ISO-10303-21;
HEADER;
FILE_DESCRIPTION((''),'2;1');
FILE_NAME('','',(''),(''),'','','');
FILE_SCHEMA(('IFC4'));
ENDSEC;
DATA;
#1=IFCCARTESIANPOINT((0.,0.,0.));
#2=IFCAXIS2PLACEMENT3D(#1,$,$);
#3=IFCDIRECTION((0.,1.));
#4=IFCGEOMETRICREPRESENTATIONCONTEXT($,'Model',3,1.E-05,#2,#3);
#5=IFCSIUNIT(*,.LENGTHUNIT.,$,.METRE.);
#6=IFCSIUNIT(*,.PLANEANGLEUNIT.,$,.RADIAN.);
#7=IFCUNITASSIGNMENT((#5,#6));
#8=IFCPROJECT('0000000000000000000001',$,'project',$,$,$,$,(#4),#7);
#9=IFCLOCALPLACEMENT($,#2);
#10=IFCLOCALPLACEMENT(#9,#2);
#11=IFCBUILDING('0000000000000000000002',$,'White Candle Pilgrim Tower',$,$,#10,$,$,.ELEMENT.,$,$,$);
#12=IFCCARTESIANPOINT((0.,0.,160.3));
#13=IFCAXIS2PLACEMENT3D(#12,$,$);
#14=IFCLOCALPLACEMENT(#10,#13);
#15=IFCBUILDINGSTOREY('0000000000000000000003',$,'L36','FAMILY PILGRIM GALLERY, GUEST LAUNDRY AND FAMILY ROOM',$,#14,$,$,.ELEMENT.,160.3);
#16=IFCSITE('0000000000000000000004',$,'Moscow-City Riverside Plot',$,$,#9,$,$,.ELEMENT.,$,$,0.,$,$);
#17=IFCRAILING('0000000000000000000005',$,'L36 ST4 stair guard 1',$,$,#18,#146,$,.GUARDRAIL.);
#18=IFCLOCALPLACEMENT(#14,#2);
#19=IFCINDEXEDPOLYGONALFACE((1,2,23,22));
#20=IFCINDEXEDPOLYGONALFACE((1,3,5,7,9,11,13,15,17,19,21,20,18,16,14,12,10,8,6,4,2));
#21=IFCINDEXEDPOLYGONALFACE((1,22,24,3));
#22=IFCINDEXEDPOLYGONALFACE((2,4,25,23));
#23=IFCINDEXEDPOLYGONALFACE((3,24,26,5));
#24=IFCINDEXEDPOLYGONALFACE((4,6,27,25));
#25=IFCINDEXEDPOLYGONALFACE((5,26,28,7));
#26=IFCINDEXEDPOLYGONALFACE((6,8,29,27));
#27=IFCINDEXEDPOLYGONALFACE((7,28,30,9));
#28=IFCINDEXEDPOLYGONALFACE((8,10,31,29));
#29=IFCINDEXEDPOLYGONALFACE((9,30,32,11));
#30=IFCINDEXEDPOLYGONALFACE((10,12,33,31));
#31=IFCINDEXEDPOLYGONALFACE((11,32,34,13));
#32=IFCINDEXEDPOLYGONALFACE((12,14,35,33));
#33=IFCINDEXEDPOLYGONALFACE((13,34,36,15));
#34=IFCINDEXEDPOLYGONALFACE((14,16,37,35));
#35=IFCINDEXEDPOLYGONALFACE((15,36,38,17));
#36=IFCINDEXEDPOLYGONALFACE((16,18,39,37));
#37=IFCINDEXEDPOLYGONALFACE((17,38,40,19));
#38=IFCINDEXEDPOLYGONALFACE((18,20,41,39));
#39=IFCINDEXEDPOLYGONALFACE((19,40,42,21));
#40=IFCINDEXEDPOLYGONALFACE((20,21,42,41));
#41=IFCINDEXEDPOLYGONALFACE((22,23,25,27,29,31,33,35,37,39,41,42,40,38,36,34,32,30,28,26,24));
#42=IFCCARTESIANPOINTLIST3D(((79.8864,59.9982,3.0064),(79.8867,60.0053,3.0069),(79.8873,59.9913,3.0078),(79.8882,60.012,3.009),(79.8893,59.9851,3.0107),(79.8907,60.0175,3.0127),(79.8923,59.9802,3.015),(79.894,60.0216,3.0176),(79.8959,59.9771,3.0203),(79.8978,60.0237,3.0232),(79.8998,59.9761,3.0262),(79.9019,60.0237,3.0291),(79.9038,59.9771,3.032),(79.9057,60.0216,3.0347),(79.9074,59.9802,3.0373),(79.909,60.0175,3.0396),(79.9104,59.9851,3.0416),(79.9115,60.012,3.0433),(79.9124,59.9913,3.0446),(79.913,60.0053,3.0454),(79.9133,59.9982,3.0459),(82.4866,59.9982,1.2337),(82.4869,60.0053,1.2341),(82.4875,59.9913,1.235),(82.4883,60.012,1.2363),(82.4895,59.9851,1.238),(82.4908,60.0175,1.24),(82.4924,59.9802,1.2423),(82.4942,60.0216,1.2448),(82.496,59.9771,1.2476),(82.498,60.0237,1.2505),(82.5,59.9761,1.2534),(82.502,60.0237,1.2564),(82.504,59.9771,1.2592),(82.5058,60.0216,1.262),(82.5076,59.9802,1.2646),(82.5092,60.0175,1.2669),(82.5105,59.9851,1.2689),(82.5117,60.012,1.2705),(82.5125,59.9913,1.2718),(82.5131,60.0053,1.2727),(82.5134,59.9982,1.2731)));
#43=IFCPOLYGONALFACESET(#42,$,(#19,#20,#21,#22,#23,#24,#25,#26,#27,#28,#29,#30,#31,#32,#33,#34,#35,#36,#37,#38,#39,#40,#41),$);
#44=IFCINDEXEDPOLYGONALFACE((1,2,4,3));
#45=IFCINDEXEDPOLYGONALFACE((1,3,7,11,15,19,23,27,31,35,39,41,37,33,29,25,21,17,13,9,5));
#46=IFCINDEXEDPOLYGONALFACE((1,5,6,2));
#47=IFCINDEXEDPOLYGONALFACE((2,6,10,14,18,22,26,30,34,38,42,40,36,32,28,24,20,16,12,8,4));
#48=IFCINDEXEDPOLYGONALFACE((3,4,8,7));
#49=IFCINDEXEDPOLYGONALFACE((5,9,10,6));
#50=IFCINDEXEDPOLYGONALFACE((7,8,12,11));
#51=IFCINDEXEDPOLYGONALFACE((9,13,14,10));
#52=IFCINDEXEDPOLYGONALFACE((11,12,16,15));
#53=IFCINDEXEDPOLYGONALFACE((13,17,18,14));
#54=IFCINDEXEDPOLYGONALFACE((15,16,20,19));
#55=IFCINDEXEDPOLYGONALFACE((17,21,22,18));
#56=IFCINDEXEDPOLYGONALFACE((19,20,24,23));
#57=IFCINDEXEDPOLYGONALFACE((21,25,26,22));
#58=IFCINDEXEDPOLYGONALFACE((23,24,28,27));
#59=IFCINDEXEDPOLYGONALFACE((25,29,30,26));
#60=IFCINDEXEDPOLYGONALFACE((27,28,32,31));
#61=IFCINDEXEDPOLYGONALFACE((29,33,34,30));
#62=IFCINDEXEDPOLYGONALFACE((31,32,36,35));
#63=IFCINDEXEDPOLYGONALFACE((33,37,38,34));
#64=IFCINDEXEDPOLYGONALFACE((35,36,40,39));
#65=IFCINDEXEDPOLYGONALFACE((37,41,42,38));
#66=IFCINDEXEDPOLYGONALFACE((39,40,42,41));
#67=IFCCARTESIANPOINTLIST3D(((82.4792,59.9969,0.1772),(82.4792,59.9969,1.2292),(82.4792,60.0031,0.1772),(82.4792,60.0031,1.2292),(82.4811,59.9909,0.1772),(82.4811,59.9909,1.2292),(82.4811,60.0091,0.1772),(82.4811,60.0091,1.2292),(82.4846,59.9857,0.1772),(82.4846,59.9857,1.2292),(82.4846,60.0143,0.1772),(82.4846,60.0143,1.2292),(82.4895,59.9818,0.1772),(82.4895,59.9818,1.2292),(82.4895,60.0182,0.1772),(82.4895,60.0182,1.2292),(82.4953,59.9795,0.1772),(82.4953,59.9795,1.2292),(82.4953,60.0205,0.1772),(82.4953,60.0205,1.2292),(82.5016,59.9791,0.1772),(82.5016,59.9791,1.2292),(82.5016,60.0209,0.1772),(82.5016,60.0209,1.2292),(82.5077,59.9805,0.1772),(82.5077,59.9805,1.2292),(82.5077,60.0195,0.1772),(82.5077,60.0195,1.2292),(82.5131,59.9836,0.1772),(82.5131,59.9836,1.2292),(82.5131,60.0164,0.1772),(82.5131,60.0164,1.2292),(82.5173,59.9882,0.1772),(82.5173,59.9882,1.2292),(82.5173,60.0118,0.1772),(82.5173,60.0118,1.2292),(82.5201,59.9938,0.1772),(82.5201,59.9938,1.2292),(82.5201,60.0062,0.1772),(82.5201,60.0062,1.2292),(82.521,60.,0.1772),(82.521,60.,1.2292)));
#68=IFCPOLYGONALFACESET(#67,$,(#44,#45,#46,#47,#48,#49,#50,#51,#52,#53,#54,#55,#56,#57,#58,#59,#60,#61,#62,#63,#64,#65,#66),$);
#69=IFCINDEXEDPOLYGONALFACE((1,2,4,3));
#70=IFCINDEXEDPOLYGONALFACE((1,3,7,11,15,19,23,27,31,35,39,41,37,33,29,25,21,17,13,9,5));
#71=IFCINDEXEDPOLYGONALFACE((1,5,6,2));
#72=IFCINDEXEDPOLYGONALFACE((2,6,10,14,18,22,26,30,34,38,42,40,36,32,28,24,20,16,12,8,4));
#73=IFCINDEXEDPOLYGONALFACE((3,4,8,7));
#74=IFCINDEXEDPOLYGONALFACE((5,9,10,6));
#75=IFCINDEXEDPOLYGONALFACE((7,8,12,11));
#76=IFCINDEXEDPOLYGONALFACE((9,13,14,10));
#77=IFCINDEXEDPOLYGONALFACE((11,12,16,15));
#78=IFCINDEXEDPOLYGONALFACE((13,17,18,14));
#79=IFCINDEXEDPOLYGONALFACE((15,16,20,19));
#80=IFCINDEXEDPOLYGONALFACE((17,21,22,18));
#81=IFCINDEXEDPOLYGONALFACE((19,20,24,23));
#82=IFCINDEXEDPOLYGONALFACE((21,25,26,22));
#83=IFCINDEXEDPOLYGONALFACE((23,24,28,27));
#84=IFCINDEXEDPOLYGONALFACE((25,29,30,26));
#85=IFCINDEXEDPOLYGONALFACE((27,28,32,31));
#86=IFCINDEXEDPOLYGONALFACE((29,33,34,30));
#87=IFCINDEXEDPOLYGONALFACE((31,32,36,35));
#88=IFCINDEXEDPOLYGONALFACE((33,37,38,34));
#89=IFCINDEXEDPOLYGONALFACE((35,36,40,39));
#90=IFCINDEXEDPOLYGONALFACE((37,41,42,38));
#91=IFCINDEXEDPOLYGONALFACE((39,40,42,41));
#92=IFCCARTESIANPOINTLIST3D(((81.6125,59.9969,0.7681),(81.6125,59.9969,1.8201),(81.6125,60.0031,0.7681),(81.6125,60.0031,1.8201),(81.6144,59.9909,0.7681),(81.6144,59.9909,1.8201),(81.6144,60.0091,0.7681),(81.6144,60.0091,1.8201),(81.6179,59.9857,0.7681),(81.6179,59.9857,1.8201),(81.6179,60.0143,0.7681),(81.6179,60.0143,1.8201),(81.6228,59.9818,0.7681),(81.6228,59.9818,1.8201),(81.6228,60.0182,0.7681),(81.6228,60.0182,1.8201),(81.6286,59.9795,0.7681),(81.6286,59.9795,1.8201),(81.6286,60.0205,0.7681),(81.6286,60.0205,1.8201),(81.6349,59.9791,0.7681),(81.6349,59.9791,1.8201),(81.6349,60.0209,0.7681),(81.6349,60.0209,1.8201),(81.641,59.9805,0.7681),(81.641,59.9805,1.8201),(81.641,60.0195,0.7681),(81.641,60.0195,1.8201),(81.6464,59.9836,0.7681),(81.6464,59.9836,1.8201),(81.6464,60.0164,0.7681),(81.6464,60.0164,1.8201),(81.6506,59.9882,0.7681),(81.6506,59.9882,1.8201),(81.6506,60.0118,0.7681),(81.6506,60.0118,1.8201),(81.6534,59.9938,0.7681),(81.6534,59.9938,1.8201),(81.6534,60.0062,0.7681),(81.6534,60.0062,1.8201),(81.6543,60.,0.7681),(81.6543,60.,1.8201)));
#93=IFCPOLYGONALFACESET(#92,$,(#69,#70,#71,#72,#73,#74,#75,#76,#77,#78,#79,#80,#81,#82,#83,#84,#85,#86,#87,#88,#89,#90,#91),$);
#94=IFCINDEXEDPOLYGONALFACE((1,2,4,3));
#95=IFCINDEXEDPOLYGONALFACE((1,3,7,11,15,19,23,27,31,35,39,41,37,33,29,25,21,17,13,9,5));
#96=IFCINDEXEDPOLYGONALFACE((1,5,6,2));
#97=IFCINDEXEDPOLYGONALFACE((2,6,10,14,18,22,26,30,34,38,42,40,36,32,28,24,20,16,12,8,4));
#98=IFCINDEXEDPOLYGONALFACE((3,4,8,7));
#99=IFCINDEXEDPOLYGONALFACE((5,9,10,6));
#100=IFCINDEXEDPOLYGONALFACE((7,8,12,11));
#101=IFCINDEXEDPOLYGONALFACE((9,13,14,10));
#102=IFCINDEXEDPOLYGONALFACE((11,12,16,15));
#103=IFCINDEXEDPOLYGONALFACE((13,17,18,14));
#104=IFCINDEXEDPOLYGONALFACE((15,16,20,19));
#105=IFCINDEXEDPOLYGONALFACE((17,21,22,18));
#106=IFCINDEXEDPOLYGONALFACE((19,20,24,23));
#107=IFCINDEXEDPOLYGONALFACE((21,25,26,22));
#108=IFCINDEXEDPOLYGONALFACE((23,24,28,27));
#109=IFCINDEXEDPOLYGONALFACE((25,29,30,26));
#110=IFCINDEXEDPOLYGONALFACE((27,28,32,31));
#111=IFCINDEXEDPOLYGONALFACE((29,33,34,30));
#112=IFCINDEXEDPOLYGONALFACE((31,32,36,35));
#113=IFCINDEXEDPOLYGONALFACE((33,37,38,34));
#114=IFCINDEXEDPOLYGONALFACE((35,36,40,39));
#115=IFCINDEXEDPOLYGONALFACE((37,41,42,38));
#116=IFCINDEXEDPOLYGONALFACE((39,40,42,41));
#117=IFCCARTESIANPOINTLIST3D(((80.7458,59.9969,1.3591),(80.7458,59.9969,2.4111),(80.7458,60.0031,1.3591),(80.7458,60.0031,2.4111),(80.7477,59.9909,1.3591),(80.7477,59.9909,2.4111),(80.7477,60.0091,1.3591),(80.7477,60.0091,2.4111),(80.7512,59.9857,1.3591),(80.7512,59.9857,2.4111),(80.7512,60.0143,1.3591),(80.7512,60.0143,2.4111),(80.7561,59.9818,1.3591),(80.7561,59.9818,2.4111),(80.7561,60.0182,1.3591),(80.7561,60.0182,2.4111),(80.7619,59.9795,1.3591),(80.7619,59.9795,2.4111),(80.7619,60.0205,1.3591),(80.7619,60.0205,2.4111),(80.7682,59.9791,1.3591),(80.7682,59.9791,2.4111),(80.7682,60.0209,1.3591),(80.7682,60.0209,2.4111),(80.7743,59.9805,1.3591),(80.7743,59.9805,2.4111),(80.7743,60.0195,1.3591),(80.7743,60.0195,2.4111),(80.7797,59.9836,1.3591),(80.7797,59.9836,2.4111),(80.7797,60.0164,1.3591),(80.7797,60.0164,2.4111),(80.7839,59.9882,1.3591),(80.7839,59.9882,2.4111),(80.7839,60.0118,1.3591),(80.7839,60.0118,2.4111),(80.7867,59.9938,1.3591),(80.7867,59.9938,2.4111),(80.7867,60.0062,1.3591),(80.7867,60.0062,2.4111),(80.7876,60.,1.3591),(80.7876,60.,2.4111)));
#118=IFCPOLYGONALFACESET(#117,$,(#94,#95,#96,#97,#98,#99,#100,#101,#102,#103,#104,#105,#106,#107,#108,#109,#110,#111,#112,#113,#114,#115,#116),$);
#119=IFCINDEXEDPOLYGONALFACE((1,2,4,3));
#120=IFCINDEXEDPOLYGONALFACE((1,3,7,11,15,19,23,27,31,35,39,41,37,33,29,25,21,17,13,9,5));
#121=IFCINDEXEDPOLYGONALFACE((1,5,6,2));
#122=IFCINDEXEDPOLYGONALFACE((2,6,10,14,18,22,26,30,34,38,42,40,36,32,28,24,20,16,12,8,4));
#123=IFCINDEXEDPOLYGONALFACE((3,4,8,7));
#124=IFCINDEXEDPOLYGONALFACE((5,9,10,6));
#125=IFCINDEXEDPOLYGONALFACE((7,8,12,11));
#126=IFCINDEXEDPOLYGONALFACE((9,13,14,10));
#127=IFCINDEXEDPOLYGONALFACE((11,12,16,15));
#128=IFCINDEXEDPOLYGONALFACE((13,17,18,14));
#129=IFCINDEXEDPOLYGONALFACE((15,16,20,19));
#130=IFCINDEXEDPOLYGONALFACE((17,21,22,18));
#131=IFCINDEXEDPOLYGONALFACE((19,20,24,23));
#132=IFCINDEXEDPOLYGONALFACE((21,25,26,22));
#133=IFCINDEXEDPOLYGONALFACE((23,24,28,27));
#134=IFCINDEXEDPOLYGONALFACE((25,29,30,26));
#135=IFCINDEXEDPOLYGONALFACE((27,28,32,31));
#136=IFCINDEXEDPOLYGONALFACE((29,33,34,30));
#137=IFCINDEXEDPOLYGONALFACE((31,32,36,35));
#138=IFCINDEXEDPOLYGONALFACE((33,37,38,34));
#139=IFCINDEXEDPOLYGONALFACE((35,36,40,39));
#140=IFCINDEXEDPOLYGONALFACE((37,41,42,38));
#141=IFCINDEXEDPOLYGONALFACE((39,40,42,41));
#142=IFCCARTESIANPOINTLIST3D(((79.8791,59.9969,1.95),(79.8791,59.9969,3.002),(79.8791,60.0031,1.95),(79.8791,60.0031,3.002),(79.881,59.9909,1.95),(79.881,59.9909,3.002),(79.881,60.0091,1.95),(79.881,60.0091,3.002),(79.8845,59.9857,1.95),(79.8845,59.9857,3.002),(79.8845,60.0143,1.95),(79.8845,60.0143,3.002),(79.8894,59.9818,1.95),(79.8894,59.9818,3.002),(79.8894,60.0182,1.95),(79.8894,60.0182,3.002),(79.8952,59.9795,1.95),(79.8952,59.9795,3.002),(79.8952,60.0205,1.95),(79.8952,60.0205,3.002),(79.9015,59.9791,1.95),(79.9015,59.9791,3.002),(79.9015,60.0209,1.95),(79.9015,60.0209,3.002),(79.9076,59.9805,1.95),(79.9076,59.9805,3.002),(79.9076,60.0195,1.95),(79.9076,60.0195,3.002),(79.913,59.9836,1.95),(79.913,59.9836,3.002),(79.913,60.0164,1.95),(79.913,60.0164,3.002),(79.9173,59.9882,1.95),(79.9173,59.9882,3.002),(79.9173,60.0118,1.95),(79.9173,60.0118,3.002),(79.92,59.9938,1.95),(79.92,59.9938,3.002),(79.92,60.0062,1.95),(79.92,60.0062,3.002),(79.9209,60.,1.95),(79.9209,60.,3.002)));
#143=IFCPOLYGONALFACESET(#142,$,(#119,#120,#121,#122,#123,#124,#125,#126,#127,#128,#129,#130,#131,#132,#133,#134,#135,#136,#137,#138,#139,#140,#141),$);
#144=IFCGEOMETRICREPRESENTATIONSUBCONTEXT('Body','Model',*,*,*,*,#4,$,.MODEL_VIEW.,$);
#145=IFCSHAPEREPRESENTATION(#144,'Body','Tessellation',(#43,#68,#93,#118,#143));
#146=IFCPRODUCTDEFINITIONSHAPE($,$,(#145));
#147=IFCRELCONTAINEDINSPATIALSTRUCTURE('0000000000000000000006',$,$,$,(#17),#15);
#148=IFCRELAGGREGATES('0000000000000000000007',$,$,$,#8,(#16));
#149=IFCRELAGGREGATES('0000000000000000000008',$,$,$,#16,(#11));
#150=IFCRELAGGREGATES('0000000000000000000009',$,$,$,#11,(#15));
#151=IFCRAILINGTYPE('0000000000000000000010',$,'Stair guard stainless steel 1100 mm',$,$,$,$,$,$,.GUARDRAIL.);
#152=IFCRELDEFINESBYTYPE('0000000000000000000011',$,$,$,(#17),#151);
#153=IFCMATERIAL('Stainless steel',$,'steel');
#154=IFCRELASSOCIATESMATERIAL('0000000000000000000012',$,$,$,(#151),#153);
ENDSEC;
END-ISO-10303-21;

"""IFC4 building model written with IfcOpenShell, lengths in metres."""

from ifc_helpers import new_model, si_unit, direction, frame, origin, origin_2d, place, context, subcontext, project, spatial, circle, extrude, material, type_object, element, save


model = new_model("IFC4")

# Units and contexts
model_context = context("Model", 3, precision=1e-05, world=origin(), true_north=direction((0.0, 1.0)))
body_context = subcontext(model_context, "Body", "Model", "MODEL_VIEW")
ifc_project = project(units=[si_unit("LENGTHUNIT", "METRE"), si_unit("PLANEANGLEUNIT", "RADIAN")], contexts=[model_context])

# Site, building, storey
site_placement = place(None, origin())
site = spatial("IfcSite", under=ifc_project, at=site_placement, Name="Moscow-City Riverside Plot", CompositionType="ELEMENT", RefElevation=0.0)
building_placement = place(site_placement, origin())
building = spatial("IfcBuilding", under=site, at=building_placement, Name="White Candle Pilgrim Tower", CompositionType="ELEMENT")
storey_placement = place(building_placement, frame((0.0, 0.0, 160.3)))
storey = spatial("IfcBuildingStorey", under=building, at=storey_placement, Name="L36", Description="FAMILY PILGRIM GALLERY, GUEST LAUNDRY AND FAMILY ROOM", CompositionType="ELEMENT", Elevation=160.3)

# Railing
ifc_material_1 = material(Name="Stainless steel", Category="steel")
railing_type_1 = type_object("IfcRailingType", Name="Stair guard stainless steel 1100 mm", PredefinedType="GUARDRAIL", material=ifc_material_1)
railing_1_placement = place(storey_placement, frame((82.5, 60.0, 0.1772)))
element("IfcRailing", 1, at=railing_1_placement, inside=storey, type_object=railing_type_1, Name="L36 ST4 stair guard 1", PredefinedType="GUARDRAIL", context=body_context, shape_type="SweptSolid", body=[
    extrude(circle(Radius=0.0239, at=origin_2d()), frame((0.0, 0.0, 1.0762), z_axis=(-0.82624, 0.0, 0.563318), x_axis=(0.0, -1.0, 0.0)), (0.0, 0.0, 1.0), 3.147),
    extrude(circle(Radius=0.021, at=origin_2d()), origin(), (0.0, 0.0, 1.0), 1.052),
    extrude(circle(Radius=0.021, at=origin_2d()), frame((-0.8667, 0.0, 0.5908)), (0.0, 0.0, 1.0), 1.052),
    extrude(circle(Radius=0.021, at=origin_2d()), frame((-1.7334, 0.0, 1.1819)), (0.0, 0.0, 1.0), 1.052),
    extrude(circle(Radius=0.021, at=origin_2d()), frame((-2.6001, 0.0, 1.7727)), (0.0, 0.0, 1.0), 1.052),
])

save(model, "model.ifc")
